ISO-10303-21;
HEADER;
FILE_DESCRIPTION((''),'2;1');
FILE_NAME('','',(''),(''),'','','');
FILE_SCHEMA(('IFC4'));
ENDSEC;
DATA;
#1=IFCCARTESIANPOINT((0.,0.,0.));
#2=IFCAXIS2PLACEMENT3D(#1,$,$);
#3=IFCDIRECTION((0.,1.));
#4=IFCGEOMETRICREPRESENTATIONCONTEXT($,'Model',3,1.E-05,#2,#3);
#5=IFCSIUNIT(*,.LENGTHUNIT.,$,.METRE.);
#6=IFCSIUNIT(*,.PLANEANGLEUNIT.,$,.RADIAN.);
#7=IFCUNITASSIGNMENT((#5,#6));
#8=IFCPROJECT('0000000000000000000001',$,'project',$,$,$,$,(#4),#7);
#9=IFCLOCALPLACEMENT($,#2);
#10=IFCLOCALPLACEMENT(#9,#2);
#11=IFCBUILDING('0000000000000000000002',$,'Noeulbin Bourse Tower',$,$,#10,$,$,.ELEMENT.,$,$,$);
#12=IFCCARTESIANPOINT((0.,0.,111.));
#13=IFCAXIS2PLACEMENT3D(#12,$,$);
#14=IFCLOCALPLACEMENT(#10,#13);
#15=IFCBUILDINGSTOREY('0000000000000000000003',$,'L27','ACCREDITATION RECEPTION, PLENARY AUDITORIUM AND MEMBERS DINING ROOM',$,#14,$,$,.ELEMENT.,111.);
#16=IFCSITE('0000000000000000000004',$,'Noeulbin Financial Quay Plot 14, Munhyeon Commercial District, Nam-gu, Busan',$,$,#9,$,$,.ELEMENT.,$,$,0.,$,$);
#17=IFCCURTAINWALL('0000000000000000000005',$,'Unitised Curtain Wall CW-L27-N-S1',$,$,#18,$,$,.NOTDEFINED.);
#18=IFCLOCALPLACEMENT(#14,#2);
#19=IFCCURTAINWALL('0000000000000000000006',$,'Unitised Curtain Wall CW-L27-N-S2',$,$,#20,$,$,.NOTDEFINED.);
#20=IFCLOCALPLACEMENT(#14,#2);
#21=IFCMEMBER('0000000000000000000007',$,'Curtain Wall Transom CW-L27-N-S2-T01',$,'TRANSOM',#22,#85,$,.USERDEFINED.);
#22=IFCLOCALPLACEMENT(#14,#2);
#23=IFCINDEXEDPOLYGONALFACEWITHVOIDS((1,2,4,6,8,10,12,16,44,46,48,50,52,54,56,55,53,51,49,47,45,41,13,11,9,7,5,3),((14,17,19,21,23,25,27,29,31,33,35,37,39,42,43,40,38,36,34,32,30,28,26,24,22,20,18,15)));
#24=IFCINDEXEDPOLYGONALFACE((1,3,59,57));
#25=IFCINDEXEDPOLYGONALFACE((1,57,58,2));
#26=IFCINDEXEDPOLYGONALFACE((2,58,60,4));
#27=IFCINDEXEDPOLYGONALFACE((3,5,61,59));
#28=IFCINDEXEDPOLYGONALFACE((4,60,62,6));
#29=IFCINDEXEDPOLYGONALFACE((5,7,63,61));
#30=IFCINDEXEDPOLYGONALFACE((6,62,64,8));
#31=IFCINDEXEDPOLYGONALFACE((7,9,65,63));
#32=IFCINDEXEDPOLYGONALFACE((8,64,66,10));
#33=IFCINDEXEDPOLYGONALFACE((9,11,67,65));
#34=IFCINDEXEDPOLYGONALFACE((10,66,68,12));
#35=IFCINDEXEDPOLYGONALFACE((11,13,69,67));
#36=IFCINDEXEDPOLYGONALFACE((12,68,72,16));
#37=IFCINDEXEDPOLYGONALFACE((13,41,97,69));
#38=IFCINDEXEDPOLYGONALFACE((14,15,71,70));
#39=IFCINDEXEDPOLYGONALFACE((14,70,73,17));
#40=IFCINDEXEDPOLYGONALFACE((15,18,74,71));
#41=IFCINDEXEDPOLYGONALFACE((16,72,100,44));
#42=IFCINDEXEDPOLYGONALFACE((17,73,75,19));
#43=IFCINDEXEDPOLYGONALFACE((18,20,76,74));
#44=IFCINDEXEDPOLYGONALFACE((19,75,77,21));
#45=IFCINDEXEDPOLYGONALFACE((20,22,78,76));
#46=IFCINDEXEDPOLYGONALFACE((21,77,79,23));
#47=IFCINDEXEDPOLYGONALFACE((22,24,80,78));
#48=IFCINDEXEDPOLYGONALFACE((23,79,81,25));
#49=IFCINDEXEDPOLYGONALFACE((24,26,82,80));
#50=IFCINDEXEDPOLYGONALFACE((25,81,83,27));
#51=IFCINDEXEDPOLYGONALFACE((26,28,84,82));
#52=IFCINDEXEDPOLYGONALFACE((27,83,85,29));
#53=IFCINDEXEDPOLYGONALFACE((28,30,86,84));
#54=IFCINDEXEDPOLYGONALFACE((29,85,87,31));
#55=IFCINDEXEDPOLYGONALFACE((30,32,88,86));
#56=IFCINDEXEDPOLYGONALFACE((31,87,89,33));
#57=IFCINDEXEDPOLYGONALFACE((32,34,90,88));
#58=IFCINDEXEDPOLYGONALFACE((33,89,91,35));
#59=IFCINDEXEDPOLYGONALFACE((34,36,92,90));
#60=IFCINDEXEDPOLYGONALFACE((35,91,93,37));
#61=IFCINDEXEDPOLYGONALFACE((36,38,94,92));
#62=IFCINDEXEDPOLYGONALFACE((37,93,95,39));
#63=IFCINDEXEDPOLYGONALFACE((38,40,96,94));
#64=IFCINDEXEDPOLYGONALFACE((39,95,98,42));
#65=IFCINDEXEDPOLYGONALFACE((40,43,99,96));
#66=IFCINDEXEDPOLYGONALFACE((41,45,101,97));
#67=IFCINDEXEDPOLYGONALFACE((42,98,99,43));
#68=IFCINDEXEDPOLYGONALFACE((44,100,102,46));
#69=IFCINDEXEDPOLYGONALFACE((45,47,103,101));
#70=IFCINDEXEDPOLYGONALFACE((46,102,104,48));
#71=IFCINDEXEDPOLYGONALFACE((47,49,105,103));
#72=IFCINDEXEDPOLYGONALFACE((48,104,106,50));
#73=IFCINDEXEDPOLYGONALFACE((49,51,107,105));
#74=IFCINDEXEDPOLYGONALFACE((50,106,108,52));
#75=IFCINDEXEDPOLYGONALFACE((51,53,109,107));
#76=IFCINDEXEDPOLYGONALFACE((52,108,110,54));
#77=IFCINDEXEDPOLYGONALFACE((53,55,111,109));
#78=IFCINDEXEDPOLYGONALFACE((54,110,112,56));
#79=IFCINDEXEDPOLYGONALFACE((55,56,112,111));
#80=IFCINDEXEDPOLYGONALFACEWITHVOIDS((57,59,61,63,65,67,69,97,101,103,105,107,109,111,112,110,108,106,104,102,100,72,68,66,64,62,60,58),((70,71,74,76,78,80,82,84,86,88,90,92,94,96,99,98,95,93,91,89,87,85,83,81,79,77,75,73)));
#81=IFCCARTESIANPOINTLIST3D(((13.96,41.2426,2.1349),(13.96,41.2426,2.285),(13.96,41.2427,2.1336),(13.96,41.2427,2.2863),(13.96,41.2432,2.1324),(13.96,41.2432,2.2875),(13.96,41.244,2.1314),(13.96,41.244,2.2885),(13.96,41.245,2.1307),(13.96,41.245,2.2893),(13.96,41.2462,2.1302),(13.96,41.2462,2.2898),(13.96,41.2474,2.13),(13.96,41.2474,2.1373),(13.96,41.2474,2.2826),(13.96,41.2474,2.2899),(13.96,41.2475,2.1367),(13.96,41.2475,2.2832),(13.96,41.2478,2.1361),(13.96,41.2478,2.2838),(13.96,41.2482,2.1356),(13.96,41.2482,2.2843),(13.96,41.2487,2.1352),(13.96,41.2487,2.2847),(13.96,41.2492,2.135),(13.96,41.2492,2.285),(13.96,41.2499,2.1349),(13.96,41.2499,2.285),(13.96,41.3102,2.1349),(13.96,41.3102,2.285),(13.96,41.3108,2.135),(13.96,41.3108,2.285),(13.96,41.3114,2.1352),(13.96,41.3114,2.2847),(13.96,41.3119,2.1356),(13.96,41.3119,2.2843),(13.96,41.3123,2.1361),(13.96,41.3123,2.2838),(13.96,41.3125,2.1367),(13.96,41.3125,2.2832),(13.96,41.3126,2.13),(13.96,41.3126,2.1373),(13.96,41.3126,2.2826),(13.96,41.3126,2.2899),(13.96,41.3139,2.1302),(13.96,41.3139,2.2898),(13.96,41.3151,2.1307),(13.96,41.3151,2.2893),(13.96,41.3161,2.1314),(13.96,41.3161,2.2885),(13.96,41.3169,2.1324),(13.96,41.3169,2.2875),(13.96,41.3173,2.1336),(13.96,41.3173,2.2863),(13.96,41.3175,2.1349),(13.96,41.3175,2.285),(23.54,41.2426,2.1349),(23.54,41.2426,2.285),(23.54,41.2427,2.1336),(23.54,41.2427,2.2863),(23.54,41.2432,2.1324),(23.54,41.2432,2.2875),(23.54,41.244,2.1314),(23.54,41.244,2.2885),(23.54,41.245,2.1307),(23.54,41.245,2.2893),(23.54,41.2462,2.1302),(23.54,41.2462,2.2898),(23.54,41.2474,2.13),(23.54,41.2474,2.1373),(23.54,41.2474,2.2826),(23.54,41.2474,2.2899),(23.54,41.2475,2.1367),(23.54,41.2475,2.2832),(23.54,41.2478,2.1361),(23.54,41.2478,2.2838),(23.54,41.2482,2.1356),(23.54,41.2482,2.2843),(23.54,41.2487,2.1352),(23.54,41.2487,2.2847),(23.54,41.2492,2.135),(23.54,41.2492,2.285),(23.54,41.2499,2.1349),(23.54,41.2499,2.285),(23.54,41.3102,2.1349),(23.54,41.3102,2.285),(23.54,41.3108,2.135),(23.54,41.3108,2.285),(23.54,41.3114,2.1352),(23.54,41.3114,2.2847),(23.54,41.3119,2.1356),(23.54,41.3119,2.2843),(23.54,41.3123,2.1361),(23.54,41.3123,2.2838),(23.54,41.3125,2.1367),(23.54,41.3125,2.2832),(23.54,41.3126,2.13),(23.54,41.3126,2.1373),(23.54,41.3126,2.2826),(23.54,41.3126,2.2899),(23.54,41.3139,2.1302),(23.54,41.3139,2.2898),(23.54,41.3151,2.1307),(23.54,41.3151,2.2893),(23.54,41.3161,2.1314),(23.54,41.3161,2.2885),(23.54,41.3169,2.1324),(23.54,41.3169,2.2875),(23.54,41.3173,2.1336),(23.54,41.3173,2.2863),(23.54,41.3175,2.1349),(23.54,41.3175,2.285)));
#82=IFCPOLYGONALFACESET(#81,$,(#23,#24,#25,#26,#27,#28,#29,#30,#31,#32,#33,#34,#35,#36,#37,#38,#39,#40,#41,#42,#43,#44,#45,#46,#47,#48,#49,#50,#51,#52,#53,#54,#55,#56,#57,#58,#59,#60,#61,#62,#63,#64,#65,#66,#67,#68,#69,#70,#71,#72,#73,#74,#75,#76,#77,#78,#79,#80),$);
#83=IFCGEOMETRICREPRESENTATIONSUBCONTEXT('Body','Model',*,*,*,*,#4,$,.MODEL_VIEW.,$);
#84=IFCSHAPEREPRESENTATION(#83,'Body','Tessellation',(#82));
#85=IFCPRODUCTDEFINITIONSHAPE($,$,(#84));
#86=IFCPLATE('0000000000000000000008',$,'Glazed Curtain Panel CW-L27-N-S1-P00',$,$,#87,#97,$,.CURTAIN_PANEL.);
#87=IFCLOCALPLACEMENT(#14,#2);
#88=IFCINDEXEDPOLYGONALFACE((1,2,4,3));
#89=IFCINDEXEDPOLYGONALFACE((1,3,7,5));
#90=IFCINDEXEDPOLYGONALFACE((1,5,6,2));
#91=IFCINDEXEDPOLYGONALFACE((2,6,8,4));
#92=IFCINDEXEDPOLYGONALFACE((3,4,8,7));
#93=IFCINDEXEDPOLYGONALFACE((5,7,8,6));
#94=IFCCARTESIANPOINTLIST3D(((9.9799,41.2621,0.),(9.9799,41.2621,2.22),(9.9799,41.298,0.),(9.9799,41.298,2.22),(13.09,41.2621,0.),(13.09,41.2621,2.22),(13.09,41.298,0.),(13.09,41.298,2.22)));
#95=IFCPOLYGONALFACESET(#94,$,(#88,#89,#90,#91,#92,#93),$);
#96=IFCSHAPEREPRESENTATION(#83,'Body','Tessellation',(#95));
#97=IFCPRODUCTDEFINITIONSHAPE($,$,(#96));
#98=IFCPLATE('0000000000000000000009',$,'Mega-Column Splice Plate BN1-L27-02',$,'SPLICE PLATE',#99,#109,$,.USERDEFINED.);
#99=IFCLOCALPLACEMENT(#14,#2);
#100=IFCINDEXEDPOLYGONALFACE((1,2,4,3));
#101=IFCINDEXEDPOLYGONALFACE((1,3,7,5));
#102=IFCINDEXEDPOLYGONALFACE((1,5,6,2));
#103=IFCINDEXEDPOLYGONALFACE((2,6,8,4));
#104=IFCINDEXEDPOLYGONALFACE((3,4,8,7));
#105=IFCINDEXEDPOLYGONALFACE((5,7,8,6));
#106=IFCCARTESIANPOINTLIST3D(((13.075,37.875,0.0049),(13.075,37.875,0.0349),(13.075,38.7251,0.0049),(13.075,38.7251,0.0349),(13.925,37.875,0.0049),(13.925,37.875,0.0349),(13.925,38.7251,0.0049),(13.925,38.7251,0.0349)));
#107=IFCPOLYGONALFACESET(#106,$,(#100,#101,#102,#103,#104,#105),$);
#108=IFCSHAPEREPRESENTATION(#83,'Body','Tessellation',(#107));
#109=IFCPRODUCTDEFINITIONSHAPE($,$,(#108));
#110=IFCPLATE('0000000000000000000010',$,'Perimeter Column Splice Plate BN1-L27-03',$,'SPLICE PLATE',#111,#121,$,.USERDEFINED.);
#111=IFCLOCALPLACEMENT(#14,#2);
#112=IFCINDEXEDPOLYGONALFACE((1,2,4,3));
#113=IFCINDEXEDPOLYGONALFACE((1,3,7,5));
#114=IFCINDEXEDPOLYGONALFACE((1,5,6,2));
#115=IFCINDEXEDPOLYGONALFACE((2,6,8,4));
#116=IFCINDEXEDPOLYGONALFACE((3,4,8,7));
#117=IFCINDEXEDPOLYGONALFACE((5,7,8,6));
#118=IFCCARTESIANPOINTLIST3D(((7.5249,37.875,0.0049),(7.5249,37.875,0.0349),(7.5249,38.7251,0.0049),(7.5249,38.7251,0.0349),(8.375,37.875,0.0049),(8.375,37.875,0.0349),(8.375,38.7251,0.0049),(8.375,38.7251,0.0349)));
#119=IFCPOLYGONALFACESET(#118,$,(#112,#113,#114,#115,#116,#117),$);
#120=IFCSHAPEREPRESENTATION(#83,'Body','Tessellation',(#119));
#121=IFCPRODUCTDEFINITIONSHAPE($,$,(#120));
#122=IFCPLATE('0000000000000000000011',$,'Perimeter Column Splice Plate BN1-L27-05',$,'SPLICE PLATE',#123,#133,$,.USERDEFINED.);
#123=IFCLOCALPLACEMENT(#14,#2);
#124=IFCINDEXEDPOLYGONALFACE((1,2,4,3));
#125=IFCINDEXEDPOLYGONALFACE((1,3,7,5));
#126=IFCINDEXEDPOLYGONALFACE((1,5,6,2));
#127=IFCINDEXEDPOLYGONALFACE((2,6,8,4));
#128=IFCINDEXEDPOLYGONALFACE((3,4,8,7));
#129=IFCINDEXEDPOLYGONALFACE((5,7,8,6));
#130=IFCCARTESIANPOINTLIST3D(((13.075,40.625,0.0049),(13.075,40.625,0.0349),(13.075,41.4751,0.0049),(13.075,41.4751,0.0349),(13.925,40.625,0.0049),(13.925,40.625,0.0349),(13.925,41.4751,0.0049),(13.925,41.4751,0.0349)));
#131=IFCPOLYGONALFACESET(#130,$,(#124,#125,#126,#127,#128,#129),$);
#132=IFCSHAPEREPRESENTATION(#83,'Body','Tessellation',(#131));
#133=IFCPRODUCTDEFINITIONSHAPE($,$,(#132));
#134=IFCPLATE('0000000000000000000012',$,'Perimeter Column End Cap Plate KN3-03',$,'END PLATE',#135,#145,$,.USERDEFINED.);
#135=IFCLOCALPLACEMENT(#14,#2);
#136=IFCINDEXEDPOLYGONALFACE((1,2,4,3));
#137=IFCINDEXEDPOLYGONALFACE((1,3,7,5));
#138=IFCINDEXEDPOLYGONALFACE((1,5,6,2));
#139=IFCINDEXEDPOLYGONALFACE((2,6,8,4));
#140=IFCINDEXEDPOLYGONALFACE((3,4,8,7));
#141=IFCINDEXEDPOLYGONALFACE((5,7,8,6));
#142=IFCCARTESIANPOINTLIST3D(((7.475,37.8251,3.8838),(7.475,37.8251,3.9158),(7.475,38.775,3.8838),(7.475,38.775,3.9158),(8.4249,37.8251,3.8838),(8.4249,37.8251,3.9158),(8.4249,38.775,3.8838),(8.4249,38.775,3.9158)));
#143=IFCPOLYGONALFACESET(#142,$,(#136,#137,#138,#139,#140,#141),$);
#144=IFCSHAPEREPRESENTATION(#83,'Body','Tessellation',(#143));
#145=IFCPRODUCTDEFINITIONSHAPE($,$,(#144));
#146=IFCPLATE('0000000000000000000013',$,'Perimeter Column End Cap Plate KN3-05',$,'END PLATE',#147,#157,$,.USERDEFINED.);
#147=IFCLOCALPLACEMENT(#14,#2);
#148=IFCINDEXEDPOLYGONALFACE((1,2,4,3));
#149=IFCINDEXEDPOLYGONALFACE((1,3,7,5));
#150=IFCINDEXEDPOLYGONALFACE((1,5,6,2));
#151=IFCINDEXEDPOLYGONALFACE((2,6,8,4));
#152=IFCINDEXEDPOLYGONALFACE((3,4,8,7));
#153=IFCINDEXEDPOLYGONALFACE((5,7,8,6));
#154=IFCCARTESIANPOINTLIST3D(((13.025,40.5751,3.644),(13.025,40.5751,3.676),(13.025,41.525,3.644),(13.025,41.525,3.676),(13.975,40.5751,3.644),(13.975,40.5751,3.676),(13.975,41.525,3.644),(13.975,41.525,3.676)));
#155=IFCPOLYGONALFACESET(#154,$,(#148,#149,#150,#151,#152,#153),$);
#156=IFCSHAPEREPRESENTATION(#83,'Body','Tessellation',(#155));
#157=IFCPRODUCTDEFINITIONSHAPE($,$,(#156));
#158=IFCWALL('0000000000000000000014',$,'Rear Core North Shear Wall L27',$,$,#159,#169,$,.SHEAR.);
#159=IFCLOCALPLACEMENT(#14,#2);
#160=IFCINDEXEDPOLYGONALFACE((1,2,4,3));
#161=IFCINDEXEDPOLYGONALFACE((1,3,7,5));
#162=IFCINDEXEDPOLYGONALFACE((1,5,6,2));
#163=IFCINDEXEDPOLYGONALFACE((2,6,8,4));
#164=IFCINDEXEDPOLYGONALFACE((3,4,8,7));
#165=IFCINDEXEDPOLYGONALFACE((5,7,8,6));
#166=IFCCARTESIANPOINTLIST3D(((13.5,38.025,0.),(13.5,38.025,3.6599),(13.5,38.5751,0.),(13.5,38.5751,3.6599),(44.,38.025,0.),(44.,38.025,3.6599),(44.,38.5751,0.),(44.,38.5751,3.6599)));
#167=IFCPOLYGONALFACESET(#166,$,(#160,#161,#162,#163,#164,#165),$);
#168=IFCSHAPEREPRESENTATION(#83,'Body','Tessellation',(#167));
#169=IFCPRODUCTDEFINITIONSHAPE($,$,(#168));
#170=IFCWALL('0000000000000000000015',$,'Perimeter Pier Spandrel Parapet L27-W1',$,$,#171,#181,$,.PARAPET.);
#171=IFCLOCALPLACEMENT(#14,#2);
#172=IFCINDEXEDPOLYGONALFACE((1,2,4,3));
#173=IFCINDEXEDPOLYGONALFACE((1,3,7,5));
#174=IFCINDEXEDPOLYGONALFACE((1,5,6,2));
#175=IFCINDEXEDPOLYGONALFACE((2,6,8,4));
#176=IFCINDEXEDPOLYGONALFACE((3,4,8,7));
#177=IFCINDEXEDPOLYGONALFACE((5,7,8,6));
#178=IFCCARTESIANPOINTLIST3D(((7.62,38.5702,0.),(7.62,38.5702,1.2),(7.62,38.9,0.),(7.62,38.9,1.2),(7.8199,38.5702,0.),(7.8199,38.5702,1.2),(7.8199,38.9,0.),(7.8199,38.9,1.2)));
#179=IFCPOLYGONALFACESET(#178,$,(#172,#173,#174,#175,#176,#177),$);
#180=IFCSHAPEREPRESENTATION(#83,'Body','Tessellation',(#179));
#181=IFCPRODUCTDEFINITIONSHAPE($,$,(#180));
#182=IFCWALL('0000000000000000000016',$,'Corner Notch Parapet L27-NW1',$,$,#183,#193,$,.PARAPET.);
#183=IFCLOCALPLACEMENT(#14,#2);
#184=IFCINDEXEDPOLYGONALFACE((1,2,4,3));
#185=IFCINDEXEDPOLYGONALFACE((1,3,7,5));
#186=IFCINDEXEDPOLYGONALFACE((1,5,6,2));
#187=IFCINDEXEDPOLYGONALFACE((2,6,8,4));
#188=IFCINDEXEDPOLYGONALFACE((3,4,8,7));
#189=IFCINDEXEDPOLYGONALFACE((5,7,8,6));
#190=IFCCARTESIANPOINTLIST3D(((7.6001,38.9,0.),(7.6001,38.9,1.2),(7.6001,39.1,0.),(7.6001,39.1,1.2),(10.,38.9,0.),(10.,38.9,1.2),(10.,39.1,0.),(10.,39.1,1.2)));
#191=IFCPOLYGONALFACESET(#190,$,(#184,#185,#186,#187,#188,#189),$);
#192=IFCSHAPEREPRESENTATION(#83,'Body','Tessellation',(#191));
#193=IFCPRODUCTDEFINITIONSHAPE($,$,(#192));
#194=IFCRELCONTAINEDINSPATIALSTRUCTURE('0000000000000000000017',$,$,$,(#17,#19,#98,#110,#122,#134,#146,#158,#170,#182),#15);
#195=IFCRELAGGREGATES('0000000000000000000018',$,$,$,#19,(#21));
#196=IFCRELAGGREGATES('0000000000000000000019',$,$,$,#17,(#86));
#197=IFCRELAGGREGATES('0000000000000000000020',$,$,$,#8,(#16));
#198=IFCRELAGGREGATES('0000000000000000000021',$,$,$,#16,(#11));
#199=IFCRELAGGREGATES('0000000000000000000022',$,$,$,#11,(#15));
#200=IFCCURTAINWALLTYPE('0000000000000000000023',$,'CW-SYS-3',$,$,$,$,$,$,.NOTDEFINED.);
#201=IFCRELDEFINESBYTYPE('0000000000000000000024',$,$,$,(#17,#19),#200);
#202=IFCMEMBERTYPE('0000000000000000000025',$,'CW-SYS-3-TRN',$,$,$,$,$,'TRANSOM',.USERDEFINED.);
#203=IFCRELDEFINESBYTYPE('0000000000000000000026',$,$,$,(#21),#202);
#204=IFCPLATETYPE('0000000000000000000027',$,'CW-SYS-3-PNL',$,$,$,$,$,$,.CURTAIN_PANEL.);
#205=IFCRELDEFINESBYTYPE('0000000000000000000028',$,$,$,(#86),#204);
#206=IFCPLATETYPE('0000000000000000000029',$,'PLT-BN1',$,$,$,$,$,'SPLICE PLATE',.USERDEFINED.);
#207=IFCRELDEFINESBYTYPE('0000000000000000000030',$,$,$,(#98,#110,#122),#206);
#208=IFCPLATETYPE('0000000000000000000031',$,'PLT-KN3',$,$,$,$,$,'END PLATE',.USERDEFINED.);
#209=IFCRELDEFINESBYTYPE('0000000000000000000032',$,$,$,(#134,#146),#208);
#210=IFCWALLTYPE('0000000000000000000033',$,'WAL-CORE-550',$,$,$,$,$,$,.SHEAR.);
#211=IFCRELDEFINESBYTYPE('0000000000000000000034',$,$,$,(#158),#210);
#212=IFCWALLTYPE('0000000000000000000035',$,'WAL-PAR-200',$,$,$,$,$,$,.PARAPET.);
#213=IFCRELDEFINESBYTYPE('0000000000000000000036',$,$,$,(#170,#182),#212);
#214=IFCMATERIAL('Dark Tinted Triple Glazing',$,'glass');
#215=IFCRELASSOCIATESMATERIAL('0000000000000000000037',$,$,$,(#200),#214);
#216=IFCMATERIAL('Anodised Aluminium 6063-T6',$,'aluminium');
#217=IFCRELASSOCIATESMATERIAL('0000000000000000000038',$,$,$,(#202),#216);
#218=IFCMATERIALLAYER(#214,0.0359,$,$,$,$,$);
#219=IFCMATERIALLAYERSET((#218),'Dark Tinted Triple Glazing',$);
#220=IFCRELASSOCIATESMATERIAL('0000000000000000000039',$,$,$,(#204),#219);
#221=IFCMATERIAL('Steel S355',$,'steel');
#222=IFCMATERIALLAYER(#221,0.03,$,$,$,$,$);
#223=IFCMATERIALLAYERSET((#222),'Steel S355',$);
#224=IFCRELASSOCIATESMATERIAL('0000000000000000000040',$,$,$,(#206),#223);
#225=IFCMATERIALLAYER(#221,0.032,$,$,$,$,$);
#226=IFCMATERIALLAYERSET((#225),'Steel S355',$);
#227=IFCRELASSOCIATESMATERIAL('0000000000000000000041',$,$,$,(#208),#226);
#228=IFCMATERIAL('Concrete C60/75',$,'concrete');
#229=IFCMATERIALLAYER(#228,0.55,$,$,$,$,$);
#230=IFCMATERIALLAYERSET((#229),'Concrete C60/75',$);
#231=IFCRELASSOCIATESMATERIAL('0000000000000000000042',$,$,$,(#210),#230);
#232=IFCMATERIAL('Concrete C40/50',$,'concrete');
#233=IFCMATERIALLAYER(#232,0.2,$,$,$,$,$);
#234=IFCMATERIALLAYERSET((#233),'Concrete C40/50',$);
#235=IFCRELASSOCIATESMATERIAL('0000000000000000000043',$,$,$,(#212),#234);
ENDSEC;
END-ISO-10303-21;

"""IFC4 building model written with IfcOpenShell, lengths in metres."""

from ifc_helpers import new_model, si_unit, direction, frame, frame_2d, origin, origin_2d, place, context, subcontext, project, spatial, rectangle, hollow_rectangle, extrude, material, layer, layer_set, material_profile, profile_set, type_object, element, aggregate, save


model = new_model("IFC4")

# Units and contexts
model_context = context("Model", 3, precision=1e-05, world=origin(), true_north=direction((0.0, 1.0)))
body_context = subcontext(model_context, "Body", "Model", "MODEL_VIEW")
ifc_project = project(units=[si_unit("LENGTHUNIT", "METRE"), si_unit("PLANEANGLEUNIT", "RADIAN")], contexts=[model_context])

# Site, building, storey
site_placement = place(None, origin())
site = spatial("IfcSite", under=ifc_project, at=site_placement, Name="Noeulbin Financial Quay Plot 14, Munhyeon Commercial District, Nam-gu, Busan", CompositionType="ELEMENT", RefElevation=0.0)
building_placement = place(site_placement, origin())
building = spatial("IfcBuilding", under=site, at=building_placement, Name="Noeulbin Bourse Tower", CompositionType="ELEMENT")
storey_placement = place(building_placement, frame((0.0, 0.0, 111.0)))
storey = spatial("IfcBuildingStorey", under=building, at=storey_placement, Name="L27", Description="ACCREDITATION RECEPTION, PLENARY AUDITORIUM AND MEMBERS DINING ROOM", CompositionType="ELEMENT", Elevation=111.0)

# Shared definitions
ifc_material_1 = material(Name="Steel S355", Category="steel")

# Curtain wall
ifc_material_2 = material(Name="Dark Tinted Triple Glazing", Category="glass")
curtain_wall_type = type_object("IfcCurtainWallType", Name="CW-SYS-3", PredefinedType="NOTDEFINED", material=ifc_material_2)
curtain_wall_1_placement = place(storey_placement, origin())
curtain_wall_1 = element("IfcCurtainWall", 1, at=curtain_wall_1_placement, inside=storey, type_object=curtain_wall_type, Name="Unitised Curtain Wall CW-L27-N-S1", PredefinedType="NOTDEFINED")
ifc_material_3 = material(Name="Anodised Aluminium 6063-T6", Category="aluminium")

# Curtain wall
curtain_wall_2_placement = place(storey_placement, origin())
curtain_wall_2 = element("IfcCurtainWall", 2, at=curtain_wall_2_placement, inside=storey, type_object=curtain_wall_type, Name="Unitised Curtain Wall CW-L27-N-S2", PredefinedType="NOTDEFINED")

# Member
ifc_material_profile_1 = material_profile(ifc_material_3, hollow_rectangle(XDim=0.075, YDim=0.1599, WallThickness=0.0049, InnerFilletRadius=0.0024, OuterFilletRadius=0.0049, at=origin_2d()), Name="ALU-TRAN-75x160x5", Category="LoadBearing")
ifc_profile_set_1 = profile_set([ifc_material_profile_1], Name="Anodised Aluminium 6063-T6")
member_type_1 = type_object("IfcMemberType", Name="CW-SYS-3-TRN", ElementType="TRANSOM", PredefinedType="USERDEFINED", material=ifc_profile_set_1)
member_1_placement = place(storey_placement, frame((13.96, 41.28, 2.21), z_axis=(1.0, 0.0, 0.0), x_axis=(0.0, 1.0, 0.0)))
member_1 = element("IfcMember", 3, at=member_1_placement, type_object=member_type_1, Name="Curtain Wall Transom CW-L27-N-S2-T01", ObjectType="TRANSOM", PredefinedType="USERDEFINED", context=body_context, shape_type="SweptSolid", body=[
    extrude(hollow_rectangle(XDim=0.075, YDim=0.1599, WallThickness=0.0049, InnerFilletRadius=0.0024, OuterFilletRadius=0.0049, at=origin_2d()), origin(), (0.0, 0.0, 1.0), 9.5801),
])
aggregate(curtain_wall_2, [member_1])

# Plate
ifc_layer_1 = layer(ifc_material_2, 0.0359)
ifc_layer_set_1 = layer_set([ifc_layer_1], Name="Dark Tinted Triple Glazing")
plate_type_1 = type_object("IfcPlateType", Name="CW-SYS-3-PNL", PredefinedType="CURTAIN_PANEL", material=ifc_layer_set_1)
plate_placement = place(storey_placement, frame((11.5349, 41.28, 0.0), z_axis=(0.0, 0.0, 1.0), x_axis=(1.0, 0.0, 0.0)))
plate = element("IfcPlate", 4, at=plate_placement, type_object=plate_type_1, Name="Glazed Curtain Panel CW-L27-N-S1-P00", PredefinedType="CURTAIN_PANEL", context=body_context, shape_type="SweptSolid", body=[
    extrude(rectangle(XDim=3.1101, YDim=0.0359, at=origin_2d()), origin(), (0.0, 0.0, 1.0), 2.22),
])
aggregate(curtain_wall_1, [plate])

# Plates
ifc_layer_2 = layer(ifc_material_1, 0.03)
ifc_layer_set_2 = layer_set([ifc_layer_2], Name="Steel S355")
plate_type_2 = type_object("IfcPlateType", Name="PLT-BN1", ElementType="SPLICE PLATE", PredefinedType="USERDEFINED", material=ifc_layer_set_2)
for number, where, z_axis, x_axis, name in (
    (5, (13.5, 38.3, 0.0049), (0.0, 0.0, 1.0), (1.0, 0.0, 0.0), "Mega-Column Splice Plate BN1-L27-02"),
    (6, (7.95, 38.3, 0.0049), (0.0, 0.0, 1.0), (1.0, 0.0, 0.0), "Perimeter Column Splice Plate BN1-L27-03"),
    (7, (13.5, 41.05, 0.0049), (0.0, 0.0, 1.0), (1.0, 0.0, 0.0), "Perimeter Column Splice Plate BN1-L27-05"),
):
    element("IfcPlate", number, at=place(storey_placement, frame(where, z_axis=z_axis, x_axis=x_axis)), inside=storey, type_object=plate_type_2, Name=name, ObjectType="SPLICE PLATE", PredefinedType="USERDEFINED", context=body_context, shape_type="SweptSolid", body=[
        extrude(rectangle(XDim=0.8501, YDim=0.8501, at=origin_2d()), origin(), (0.0, 0.0, 1.0), 0.03),
    ])
ifc_layer_3 = layer(ifc_material_1, 0.032)
ifc_layer_set_3 = layer_set([ifc_layer_3], Name="Steel S355")
plate_type_3 = type_object("IfcPlateType", Name="PLT-KN3", ElementType="END PLATE", PredefinedType="USERDEFINED", material=ifc_layer_set_3)
for number, where, z_axis, x_axis, name in (
    (8, (7.95, 38.3, 3.8838), (0.0, 0.0, 1.0), (1.0, 0.0, 0.0), "Perimeter Column End Cap Plate KN3-03"),
    (9, (13.5, 41.05, 3.644), (0.0, 0.0, 1.0), (1.0, 0.0, 0.0), "Perimeter Column End Cap Plate KN3-05"),
):
    element("IfcPlate", number, at=place(storey_placement, frame(where, z_axis=z_axis, x_axis=x_axis)), inside=storey, type_object=plate_type_3, Name=name, ObjectType="END PLATE", PredefinedType="USERDEFINED", context=body_context, shape_type="SweptSolid", body=[
        extrude(rectangle(XDim=0.95, YDim=0.95, at=origin_2d()), origin(), (0.0, 0.0, 1.0), 0.032),
    ])

# Walls
ifc_material_4 = material(Name="Concrete C60/75", Category="concrete")
ifc_layer_4 = layer(ifc_material_4, 0.55)
ifc_layer_set_4 = layer_set([ifc_layer_4], Name="Concrete C60/75")
wall_type_1 = type_object("IfcWallType", Name="WAL-CORE-550", PredefinedType="SHEAR", material=ifc_layer_set_4)
wall_1_placement = place(storey_placement, frame((13.5, 38.3, 0.0), z_axis=(0.0, 0.0, 1.0), x_axis=(1.0, 0.0, 0.0)))
element("IfcWall", 10, at=wall_1_placement, inside=storey, type_object=wall_type_1, Name="Rear Core North Shear Wall L27", PredefinedType="SHEAR", context=body_context, shape_type="SweptSolid", body=[
    extrude(rectangle(XDim=30.5, YDim=0.55, at=frame_2d((15.25, 0.0))), origin(), (0.0, 0.0, 1.0), 3.6599),
])
ifc_material_5 = material(Name="Concrete C40/50", Category="concrete")
ifc_layer_5 = layer(ifc_material_5, 0.2)
ifc_layer_set_5 = layer_set([ifc_layer_5], Name="Concrete C40/50")
wall_type_2 = type_object("IfcWallType", Name="WAL-PAR-200", PredefinedType="PARAPET", material=ifc_layer_set_5)
wall_2_placement = place(storey_placement, frame((7.72, 38.5701, 0.0), z_axis=(0.0, 0.0, 1.0), x_axis=(0.0, 1.0, 0.0)))
element("IfcWall", 11, at=wall_2_placement, inside=storey, type_object=wall_type_2, Name="Perimeter Pier Spandrel Parapet L27-W1", PredefinedType="PARAPET", context=body_context, shape_type="SweptSolid", body=[
    extrude(rectangle(XDim=0.3298, YDim=0.2, at=frame_2d((0.165, 0.0))), origin(), (0.0, 0.0, 1.0), 1.2),
])
for number, where, z_axis, x_axis, name in (
    (12, (7.6001, 39.0, 0.0), (0.0, 0.0, 1.0), (1.0, 0.0, 0.0), "Corner Notch Parapet L27-NW1"),
):
    element("IfcWall", number, at=place(storey_placement, frame(where, z_axis=z_axis, x_axis=x_axis)), inside=storey, type_object=wall_type_2, Name=name, PredefinedType="PARAPET", context=body_context, shape_type="SweptSolid", body=[
        extrude(rectangle(XDim=2.3999, YDim=0.2, at=frame_2d((1.2, 0.0))), origin(), (0.0, 0.0, 1.0), 1.2),
    ])

save(model, "model.ifc")
